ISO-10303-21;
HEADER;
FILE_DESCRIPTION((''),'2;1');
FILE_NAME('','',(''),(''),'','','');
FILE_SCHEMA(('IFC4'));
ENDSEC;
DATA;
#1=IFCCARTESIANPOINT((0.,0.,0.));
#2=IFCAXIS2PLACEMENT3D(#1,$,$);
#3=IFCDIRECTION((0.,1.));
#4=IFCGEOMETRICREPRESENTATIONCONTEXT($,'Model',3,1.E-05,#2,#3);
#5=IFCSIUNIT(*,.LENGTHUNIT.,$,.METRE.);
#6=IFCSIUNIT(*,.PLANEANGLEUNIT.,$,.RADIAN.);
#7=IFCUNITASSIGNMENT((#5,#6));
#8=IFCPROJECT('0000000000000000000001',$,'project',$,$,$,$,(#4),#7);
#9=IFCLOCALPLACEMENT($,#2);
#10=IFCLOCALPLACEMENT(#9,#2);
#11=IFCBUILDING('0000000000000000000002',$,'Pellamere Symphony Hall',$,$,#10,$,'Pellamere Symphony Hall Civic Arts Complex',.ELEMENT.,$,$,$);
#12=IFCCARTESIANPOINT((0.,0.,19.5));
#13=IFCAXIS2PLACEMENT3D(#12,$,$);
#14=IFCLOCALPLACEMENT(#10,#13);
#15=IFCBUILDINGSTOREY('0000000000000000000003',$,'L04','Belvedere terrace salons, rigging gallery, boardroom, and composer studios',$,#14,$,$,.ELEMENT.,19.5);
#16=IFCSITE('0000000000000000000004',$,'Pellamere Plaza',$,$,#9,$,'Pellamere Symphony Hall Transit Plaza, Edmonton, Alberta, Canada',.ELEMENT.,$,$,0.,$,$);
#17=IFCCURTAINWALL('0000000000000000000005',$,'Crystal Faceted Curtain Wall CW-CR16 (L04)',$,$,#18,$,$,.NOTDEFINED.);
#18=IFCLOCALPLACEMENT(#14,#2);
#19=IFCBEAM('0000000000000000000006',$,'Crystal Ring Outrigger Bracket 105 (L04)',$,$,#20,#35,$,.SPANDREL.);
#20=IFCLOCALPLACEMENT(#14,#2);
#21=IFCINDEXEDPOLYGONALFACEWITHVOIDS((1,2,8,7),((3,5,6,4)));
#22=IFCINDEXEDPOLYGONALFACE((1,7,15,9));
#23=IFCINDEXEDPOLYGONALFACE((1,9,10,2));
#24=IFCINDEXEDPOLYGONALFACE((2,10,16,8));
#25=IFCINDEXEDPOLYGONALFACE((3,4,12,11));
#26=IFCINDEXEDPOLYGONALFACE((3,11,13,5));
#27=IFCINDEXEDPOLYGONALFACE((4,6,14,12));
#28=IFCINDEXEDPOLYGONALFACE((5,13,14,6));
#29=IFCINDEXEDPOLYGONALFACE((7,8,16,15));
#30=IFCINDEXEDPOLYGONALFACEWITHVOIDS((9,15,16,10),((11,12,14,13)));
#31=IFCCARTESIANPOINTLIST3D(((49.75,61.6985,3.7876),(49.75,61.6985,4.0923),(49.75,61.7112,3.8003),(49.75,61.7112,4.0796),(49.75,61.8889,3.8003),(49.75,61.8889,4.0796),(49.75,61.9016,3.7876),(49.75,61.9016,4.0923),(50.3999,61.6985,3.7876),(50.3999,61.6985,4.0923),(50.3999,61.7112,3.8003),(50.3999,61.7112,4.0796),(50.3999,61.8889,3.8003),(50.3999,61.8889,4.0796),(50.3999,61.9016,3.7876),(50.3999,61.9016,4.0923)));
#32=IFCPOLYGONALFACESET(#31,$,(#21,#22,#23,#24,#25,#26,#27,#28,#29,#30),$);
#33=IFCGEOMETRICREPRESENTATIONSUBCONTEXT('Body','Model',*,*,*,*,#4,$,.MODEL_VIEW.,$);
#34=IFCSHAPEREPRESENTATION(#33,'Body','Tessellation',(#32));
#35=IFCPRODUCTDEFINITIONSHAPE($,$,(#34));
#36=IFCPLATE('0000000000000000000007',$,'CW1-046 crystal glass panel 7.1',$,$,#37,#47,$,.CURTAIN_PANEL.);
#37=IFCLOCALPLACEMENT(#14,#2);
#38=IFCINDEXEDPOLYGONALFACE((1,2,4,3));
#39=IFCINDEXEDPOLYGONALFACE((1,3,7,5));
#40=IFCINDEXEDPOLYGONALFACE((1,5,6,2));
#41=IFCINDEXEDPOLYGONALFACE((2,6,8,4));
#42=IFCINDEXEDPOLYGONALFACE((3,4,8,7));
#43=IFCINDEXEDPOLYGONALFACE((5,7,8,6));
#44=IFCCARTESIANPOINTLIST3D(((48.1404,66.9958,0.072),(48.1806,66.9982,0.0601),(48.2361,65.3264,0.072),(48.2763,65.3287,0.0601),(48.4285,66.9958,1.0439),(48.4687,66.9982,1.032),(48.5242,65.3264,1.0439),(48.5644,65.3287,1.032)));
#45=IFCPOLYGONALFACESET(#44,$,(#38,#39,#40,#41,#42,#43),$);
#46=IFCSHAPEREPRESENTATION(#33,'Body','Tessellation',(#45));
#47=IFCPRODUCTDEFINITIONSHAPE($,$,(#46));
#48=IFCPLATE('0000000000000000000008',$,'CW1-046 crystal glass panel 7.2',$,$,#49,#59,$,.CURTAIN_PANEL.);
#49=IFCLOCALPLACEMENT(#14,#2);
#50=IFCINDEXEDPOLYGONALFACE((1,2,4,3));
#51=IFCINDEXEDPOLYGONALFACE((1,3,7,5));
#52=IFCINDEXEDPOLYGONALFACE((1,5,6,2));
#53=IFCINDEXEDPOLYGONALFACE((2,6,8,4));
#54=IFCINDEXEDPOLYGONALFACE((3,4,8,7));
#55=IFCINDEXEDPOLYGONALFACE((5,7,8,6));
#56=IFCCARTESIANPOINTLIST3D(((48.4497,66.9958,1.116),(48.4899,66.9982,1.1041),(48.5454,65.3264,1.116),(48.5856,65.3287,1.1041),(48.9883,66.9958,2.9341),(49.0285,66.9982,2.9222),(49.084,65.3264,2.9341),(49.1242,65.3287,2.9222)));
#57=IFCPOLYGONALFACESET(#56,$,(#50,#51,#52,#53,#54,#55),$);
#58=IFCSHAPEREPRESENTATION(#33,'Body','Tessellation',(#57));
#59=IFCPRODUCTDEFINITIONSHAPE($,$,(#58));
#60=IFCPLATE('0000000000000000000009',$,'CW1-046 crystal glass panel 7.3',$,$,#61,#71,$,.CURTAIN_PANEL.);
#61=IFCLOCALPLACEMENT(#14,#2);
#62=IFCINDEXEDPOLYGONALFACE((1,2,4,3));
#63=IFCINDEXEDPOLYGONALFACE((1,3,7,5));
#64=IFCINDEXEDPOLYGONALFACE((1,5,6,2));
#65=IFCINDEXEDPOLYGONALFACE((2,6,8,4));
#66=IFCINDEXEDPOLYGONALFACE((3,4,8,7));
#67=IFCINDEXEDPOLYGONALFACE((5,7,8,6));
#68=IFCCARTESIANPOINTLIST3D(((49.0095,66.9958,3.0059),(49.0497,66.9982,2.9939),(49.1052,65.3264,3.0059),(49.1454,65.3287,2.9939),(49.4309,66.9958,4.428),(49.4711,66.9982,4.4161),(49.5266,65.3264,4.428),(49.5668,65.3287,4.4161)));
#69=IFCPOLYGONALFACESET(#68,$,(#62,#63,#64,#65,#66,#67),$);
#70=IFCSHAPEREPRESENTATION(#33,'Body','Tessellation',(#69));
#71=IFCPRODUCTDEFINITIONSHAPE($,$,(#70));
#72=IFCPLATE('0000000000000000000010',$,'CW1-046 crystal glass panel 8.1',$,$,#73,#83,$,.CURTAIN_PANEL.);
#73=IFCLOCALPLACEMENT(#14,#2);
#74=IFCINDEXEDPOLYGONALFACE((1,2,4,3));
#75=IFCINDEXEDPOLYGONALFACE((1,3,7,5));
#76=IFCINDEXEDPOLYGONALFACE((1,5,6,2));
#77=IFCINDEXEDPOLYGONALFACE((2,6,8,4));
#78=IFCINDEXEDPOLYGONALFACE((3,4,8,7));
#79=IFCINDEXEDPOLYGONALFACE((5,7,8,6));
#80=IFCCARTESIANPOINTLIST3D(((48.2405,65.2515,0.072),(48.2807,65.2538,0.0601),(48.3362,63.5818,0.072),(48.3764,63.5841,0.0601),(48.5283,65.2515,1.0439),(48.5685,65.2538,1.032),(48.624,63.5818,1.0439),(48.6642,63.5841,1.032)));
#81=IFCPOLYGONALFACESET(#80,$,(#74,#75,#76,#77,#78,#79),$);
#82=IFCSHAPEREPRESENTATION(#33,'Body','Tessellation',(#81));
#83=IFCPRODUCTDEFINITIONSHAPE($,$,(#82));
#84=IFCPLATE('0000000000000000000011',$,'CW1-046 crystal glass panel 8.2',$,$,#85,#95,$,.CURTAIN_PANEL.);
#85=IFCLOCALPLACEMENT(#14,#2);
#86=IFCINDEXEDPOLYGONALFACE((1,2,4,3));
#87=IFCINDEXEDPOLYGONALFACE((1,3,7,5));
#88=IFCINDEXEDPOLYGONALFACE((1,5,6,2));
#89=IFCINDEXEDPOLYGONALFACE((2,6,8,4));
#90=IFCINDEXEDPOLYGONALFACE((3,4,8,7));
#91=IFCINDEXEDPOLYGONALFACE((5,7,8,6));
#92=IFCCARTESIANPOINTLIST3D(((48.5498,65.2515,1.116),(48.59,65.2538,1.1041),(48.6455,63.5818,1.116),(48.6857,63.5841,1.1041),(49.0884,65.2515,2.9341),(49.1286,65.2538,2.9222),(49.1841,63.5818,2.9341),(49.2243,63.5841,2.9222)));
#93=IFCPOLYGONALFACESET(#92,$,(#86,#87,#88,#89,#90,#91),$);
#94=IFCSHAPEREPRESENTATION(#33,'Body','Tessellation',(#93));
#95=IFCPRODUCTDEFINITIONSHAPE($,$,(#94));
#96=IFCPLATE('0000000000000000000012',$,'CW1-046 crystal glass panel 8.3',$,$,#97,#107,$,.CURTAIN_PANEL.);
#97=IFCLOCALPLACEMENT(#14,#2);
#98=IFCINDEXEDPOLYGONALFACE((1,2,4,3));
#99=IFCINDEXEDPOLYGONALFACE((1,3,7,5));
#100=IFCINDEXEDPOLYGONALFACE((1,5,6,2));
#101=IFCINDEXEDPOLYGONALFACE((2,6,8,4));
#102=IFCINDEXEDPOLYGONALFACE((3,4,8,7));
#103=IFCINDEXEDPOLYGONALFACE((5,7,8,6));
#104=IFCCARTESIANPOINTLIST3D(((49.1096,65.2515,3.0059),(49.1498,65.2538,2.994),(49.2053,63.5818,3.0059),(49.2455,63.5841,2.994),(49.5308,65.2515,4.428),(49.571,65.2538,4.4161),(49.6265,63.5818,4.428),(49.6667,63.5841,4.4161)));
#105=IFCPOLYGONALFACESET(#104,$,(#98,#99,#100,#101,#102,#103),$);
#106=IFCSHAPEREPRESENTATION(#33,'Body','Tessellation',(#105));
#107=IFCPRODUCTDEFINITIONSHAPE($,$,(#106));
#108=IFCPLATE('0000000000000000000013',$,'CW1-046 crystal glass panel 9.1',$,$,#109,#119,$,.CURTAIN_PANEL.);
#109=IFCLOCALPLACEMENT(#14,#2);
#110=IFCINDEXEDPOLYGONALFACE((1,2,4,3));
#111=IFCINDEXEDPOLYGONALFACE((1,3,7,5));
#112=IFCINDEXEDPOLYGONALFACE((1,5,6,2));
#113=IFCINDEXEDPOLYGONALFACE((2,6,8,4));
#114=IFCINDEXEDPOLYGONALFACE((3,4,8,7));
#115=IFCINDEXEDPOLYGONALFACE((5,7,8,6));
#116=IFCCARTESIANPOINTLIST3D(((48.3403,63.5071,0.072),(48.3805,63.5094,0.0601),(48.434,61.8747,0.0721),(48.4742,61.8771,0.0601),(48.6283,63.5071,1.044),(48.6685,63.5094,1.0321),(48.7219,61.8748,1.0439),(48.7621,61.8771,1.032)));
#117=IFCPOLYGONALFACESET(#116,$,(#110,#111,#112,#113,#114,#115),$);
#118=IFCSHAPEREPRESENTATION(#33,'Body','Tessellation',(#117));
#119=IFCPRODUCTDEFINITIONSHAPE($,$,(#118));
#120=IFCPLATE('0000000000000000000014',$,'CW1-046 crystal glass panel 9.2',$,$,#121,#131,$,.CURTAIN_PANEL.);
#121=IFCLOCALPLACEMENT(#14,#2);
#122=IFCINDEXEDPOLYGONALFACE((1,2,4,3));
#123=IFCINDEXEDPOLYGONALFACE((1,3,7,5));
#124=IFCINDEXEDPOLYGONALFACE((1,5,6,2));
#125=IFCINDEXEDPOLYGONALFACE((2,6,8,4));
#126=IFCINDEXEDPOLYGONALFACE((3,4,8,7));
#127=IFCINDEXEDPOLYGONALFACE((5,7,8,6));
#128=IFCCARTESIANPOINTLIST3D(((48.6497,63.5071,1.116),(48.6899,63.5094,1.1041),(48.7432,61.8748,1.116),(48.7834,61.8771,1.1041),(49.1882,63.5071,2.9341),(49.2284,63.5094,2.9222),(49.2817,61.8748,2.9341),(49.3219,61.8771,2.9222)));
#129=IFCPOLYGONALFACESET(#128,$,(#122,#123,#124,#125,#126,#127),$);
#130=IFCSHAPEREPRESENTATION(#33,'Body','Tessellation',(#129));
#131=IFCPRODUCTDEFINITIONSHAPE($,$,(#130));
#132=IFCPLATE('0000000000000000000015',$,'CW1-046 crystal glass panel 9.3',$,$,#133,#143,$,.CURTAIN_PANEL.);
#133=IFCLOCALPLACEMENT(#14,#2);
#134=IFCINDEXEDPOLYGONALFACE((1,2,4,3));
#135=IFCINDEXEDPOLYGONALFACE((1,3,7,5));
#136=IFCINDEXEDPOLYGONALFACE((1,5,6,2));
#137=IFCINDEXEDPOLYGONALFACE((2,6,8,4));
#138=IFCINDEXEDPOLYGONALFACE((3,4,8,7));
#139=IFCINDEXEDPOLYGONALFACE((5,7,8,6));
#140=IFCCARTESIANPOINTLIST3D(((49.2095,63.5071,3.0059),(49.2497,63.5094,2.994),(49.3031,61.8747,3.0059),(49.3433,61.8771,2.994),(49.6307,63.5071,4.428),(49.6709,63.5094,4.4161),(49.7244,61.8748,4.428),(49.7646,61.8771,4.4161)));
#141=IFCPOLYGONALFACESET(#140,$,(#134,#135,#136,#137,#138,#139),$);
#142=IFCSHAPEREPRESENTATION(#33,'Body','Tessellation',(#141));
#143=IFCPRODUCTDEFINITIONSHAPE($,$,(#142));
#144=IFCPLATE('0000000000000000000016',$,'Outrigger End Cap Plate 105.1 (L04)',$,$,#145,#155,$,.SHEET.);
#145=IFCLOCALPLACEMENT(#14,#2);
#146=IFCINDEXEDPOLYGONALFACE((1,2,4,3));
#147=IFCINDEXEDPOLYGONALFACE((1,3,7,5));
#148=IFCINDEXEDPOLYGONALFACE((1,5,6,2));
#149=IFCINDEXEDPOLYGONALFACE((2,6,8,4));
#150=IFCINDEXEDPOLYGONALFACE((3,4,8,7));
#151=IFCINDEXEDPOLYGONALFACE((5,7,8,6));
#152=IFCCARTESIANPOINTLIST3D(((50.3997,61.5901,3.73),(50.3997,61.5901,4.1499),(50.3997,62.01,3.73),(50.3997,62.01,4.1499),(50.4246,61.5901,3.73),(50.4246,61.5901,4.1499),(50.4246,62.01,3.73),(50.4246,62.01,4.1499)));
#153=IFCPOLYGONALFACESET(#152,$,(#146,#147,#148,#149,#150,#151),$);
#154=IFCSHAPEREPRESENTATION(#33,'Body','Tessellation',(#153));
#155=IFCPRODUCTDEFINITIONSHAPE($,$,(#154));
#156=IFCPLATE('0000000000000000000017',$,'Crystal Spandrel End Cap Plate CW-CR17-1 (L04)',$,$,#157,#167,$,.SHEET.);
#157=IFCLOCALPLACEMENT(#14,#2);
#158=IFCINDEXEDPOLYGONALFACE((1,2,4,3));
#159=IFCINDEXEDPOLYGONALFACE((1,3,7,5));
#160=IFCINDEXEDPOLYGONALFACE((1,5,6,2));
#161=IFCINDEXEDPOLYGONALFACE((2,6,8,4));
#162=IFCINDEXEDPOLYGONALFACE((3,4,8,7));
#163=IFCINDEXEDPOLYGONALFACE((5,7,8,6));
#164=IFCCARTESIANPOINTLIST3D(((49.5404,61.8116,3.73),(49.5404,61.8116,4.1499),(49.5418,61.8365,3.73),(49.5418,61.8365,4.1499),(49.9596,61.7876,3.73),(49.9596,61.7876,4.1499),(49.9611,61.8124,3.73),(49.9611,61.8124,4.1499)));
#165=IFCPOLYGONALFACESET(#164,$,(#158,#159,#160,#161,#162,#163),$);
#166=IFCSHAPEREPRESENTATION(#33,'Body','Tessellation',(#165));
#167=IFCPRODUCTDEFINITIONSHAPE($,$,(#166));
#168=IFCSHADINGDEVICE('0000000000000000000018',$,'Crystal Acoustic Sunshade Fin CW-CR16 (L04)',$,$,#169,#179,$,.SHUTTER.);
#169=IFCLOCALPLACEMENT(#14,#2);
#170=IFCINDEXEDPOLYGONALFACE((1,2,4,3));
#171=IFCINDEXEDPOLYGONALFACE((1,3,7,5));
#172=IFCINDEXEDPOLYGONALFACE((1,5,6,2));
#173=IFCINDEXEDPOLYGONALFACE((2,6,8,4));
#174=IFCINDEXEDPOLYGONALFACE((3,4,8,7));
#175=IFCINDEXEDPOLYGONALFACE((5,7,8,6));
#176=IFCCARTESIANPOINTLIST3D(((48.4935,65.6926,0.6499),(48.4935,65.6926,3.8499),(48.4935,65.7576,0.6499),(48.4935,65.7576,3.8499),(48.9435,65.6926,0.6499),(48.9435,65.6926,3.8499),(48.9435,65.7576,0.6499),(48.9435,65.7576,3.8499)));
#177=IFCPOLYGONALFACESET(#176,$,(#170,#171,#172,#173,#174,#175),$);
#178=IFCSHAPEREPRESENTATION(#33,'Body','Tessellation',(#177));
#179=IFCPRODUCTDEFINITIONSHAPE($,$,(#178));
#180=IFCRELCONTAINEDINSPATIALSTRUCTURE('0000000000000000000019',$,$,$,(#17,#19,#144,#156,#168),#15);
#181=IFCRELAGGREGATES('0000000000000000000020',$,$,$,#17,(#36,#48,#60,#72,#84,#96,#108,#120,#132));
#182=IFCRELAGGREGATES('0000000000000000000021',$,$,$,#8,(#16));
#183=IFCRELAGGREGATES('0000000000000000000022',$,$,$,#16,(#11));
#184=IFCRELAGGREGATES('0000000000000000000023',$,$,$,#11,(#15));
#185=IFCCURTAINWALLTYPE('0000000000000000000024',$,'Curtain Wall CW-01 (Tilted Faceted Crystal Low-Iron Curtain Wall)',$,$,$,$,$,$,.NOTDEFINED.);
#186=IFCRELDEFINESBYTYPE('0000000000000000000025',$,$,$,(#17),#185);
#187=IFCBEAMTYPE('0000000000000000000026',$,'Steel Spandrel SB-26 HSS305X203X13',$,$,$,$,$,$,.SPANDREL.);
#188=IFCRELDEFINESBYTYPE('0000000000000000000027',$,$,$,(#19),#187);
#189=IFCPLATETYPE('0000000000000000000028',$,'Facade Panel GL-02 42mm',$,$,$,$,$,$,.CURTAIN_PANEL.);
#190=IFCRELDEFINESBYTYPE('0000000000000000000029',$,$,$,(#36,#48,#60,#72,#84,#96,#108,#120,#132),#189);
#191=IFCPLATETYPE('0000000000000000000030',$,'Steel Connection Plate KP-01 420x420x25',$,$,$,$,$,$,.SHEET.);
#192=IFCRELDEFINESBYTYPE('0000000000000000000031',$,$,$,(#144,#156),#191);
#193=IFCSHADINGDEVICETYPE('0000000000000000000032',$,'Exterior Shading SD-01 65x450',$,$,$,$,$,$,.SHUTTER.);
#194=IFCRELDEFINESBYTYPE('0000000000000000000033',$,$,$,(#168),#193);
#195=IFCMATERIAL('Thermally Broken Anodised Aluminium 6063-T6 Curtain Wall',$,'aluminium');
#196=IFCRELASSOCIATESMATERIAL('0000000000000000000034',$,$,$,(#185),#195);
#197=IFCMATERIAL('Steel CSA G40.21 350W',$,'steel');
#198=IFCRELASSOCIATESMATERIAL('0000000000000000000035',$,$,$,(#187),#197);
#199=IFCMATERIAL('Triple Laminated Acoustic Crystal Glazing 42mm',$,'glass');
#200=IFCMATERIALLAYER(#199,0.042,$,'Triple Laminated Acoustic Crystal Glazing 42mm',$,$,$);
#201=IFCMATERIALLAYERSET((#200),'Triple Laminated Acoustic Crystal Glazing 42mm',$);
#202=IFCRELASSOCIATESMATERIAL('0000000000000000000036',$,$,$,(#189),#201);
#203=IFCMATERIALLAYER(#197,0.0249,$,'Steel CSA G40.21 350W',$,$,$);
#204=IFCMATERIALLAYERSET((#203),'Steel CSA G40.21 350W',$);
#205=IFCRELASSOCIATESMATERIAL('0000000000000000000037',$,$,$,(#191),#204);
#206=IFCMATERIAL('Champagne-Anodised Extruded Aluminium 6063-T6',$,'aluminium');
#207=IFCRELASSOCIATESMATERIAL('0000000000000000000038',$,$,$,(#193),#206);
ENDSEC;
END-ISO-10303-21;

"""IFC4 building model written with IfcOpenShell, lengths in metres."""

from ifc_helpers import new_model, si_unit, direction, frame, origin, origin_2d, place, context, subcontext, project, spatial, polyline, rectangle, hollow_rectangle, outline, extrude, material, layer, layer_set, material_profile, profile_set, type_object, element, aggregate, save


model = new_model("IFC4")

# Units and contexts
model_context = context("Model", 3, precision=1e-05, world=origin(), true_north=direction((0.0, 1.0)))
body_context = subcontext(model_context, "Body", "Model", "MODEL_VIEW")
ifc_project = project(units=[si_unit("LENGTHUNIT", "METRE"), si_unit("PLANEANGLEUNIT", "RADIAN")], contexts=[model_context])

# Site, building, storey
site_placement = place(None, origin())
site = spatial("IfcSite", under=ifc_project, at=site_placement, Name="Pellamere Plaza", LongName="Pellamere Symphony Hall Transit Plaza, Edmonton, Alberta, Canada", CompositionType="ELEMENT", RefElevation=0.0)
building_placement = place(site_placement, origin())
building = spatial("IfcBuilding", under=site, at=building_placement, Name="Pellamere Symphony Hall", LongName="Pellamere Symphony Hall Civic Arts Complex", CompositionType="ELEMENT")
storey_placement = place(building_placement, frame((0.0, 0.0, 19.5)))
storey = spatial("IfcBuildingStorey", under=building, at=storey_placement, Name="L04", Description="Belvedere terrace salons, rigging gallery, boardroom, and composer studios", CompositionType="ELEMENT", Elevation=19.5)

# Curtain wall
ifc_material_1 = material(Name="Thermally Broken Anodised Aluminium 6063-T6 Curtain Wall", Category="aluminium")
curtain_wall_type = type_object("IfcCurtainWallType", Name="Curtain Wall CW-01 (Tilted Faceted Crystal Low-Iron Curtain Wall)", PredefinedType="NOTDEFINED", material=ifc_material_1)
curtain_wall_placement = place(storey_placement, origin())
curtain_wall = element("IfcCurtainWall", 1, at=curtain_wall_placement, inside=storey, type_object=curtain_wall_type, Name="Crystal Faceted Curtain Wall CW-CR16 (L04)", PredefinedType="NOTDEFINED")

# Beam
ifc_material_2 = material(Name="Steel CSA G40.21 350W", Category="steel")
ifc_material_profile_1 = material_profile(ifc_material_2, hollow_rectangle(XDim=0.2031, YDim=0.3047, WallThickness=0.0127, at=origin_2d()), Name="HSS305X203X13")
ifc_profile_set_1 = profile_set([ifc_material_profile_1], Name="Steel CSA G40.21 350W")
beam_type_1 = type_object("IfcBeamType", Name="Steel Spandrel SB-26 HSS305X203X13", PredefinedType="SPANDREL", material=ifc_profile_set_1)
beam_1_placement = place(storey_placement, frame((50.3999, 61.8, 3.9399), z_axis=(-1.0, 0.0, 0.0), x_axis=(0.0, -1.0, 0.0)))
element("IfcBeam", 2, at=beam_1_placement, inside=storey, type_object=beam_type_1, Name="Crystal Ring Outrigger Bracket 105 (L04)", PredefinedType="SPANDREL", context=body_context, shape_type="SweptSolid", body=[
    extrude(hollow_rectangle(XDim=0.2031, YDim=0.3047, WallThickness=0.0127, at=origin_2d()), origin(), (0.0, 0.0, 1.0), 0.6499),
])

# Plates
ifc_material_3 = material(Name="Triple Laminated Acoustic Crystal Glazing 42mm", Category="glass")
ifc_layer_1 = layer(ifc_material_3, 0.042, Name="Triple Laminated Acoustic Crystal Glazing 42mm")
ifc_layer_set_1 = layer_set([ifc_layer_1], Name="Triple Laminated Acoustic Crystal Glazing 42mm")
plate_type_1 = type_object("IfcPlateType", Name="Facade Panel GL-02 42mm", PredefinedType="CURTAIN_PANEL", material=ifc_layer_set_1)
plate_1_placement = place(storey_placement, frame((48.1404, 66.9958, 0.072), z_axis=(-0.957324, -0.05488, 0.283758), x_axis=(0.057233, -0.998361, 0.0)))
plate_1 = element("IfcPlate", 3, at=plate_1_placement, type_object=plate_type_1, Name="CW1-046 crystal glass panel 7.1", PredefinedType="CURTAIN_PANEL", context=body_context, shape_type="SweptSolid", body=[
    extrude(outline(polyline([(0.0, 0.0), (1.6722, 0.0), (1.6887, 1.0136), (0.0165, 1.0136), (0.0, 0.0)])), origin(), (0.0, 0.0, -1.0), 0.042),
])
plate_2_placement = place(storey_placement, frame((48.4497, 66.9958, 1.116), z_axis=(-0.957371, -0.054883, 0.283599), x_axis=(0.057233, -0.998361, 0.0)))
plate_2 = element("IfcPlate", 4, at=plate_2_placement, type_object=plate_type_1, Name="CW1-046 crystal glass panel 7.2", PredefinedType="CURTAIN_PANEL", context=body_context, shape_type="SweptSolid", body=[
    extrude(outline(polyline([(0.0, 0.0), (1.6722, 0.0), (1.703, 1.896), (0.0308, 1.896), (0.0, 0.0)])), origin(), (0.0, 0.0, -1.0), 0.042),
])
plate_3_placement = place(storey_placement, frame((49.0095, 66.9958, 3.0059), z_axis=(-0.95735, -0.054882, 0.283671), x_axis=(0.057233, -0.998361, 0.0)))
plate_3 = element("IfcPlate", 5, at=plate_3_placement, type_object=plate_type_1, Name="CW1-046 crystal glass panel 7.3", PredefinedType="CURTAIN_PANEL", context=body_context, shape_type="SweptSolid", body=[
    extrude(outline(polyline([(0.0, 0.0), (1.6722, 0.0), (1.6963, 1.483), (0.0241, 1.483), (0.0, 0.0)])), origin(), (0.0, 0.0, -1.0), 0.042),
])
plate_4_placement = place(storey_placement, frame((48.2405, 65.2515, 0.072), z_axis=(-0.95739, -0.054876, 0.283537), x_axis=(0.057224, -0.998361, 0.0)))
plate_4 = element("IfcPlate", 6, at=plate_4_placement, type_object=plate_type_1, Name="CW1-046 crystal glass panel 8.1", PredefinedType="CURTAIN_PANEL", context=body_context, shape_type="SweptSolid", body=[
    extrude(outline(polyline([(0.0, 0.0), (1.6724, 0.0), (1.6889, 1.0135), (0.0165, 1.0135), (0.0, 0.0)])), origin(), (0.0, 0.0, -1.0), 0.042),
])
plate_5_placement = place(storey_placement, frame((48.5498, 65.2515, 1.116), z_axis=(-0.957372, -0.054875, 0.283599), x_axis=(0.057224, -0.998361, 0.0)))
plate_5 = element("IfcPlate", 7, at=plate_5_placement, type_object=plate_type_1, Name="CW1-046 crystal glass panel 8.2", PredefinedType="CURTAIN_PANEL", context=body_context, shape_type="SweptSolid", body=[
    extrude(outline(polyline([(0.0, 0.0), (1.6724, 0.0), (1.7032, 1.896), (0.0308, 1.896), (0.0, 0.0)])), origin(), (0.0, 0.0, -1.0), 0.042),
])
plate_6_placement = place(storey_placement, frame((49.1096, 65.2515, 3.0059), z_axis=(-0.957395, -0.054876, 0.28352), x_axis=(0.057224, -0.998361, 0.0)))
plate_6 = element("IfcPlate", 8, at=plate_6_placement, type_object=plate_type_1, Name="CW1-046 crystal glass panel 8.3", PredefinedType="CURTAIN_PANEL", context=body_context, shape_type="SweptSolid", body=[
    extrude(outline(polyline([(0.0, 0.0), (1.6724, 0.0), (1.6965, 1.483), (0.0241, 1.483), (0.0, 0.0)])), origin(), (0.0, 0.0, -1.0), 0.042),
])
plate_7_placement = place(storey_placement, frame((48.3403, 63.5071, 0.072), z_axis=(-0.957355, -0.054913, 0.283647), x_axis=(0.057271, -0.998359, 0.00002)))
plate_7 = element("IfcPlate", 9, at=plate_7_placement, type_object=plate_type_1, Name="CW1-046 crystal glass panel 9.1", PredefinedType="CURTAIN_PANEL", context=body_context, shape_type="SweptSolid", body=[
    extrude(outline(polyline([(0.0, 0.0), (1.635, 0.0), (1.6515, 1.0135), (0.0165, 1.0136), (0.0, 0.0)])), origin(), (0.0, 0.0, -1.0), 0.042),
])
plate_8_placement = place(storey_placement, frame((48.6497, 63.5071, 1.116), z_axis=(-0.957373, -0.054842, 0.2836), x_axis=(0.05719, -0.998363, 0.0)))
plate_8 = element("IfcPlate", 10, at=plate_8_placement, type_object=plate_type_1, Name="CW1-046 crystal glass panel 9.2", PredefinedType="CURTAIN_PANEL", context=body_context, shape_type="SweptSolid", body=[
    extrude(outline(polyline([(0.0, 0.0), (1.635, 0.0), (1.6658, 1.896), (0.0308, 1.896), (0.0, 0.0)])), origin(), (0.0, 0.0, -1.0), 0.042),
])
plate_9_placement = place(storey_placement, frame((49.2095, 63.5071, 3.0059), z_axis=(-0.95737, -0.054913, 0.283595), x_axis=(0.057271, -0.998359, 0.00002)))
plate_9 = element("IfcPlate", 11, at=plate_9_placement, type_object=plate_type_1, Name="CW1-046 crystal glass panel 9.3", PredefinedType="CURTAIN_PANEL", context=body_context, shape_type="SweptSolid", body=[
    extrude(outline(polyline([(0.0, 0.0), (1.635, 0.0), (1.6592, 1.483), (0.0242, 1.483), (0.0, 0.0)])), origin(), (0.0, 0.0, -1.0), 0.042),
])
aggregate(curtain_wall, [plate_1, plate_2, plate_3, plate_4, plate_5, plate_6, plate_7, plate_8, plate_9])

# Plates
ifc_layer_2 = layer(ifc_material_2, 0.0249, Name="Steel CSA G40.21 350W")
ifc_layer_set_2 = layer_set([ifc_layer_2], Name="Steel CSA G40.21 350W")
plate_type_2 = type_object("IfcPlateType", Name="Steel Connection Plate KP-01 420x420x25", PredefinedType="SHEET", material=ifc_layer_set_2)
for number, where, z_axis, x_axis, name in (
    (12, (50.4121, 61.8, 3.73), (0.0, 0.0, 1.0), (-1.0, 0.0, 0.0), "Outrigger End Cap Plate 105.1 (L04)"),
    (13, (49.7507, 61.812, 3.73), (0.0, 0.0, 1.0), (-0.057216, -0.998362, 0.0), "Crystal Spandrel End Cap Plate CW-CR17-1 (L04)"),
):
    element("IfcPlate", number, at=place(storey_placement, frame(where, z_axis=z_axis, x_axis=x_axis)), inside=storey, type_object=plate_type_2, Name=name, PredefinedType="SHEET", context=body_context, shape_type="SweptSolid", body=[
        extrude(rectangle(XDim=0.0249, YDim=0.4199, at=origin_2d()), origin(), (0.0, 0.0, 1.0), 0.4199),
    ])

# Shading device
ifc_material_4 = material(Name="Champagne-Anodised Extruded Aluminium 6063-T6", Category="aluminium")
shading_device_type = type_object("IfcShadingDeviceType", Name="Exterior Shading SD-01 65x450", PredefinedType="SHUTTER", material=ifc_material_4)
shading_device_placement = place(storey_placement, frame((48.7185, 65.7251, 0.6499), z_axis=(0.0, 0.0, 1.0), x_axis=(0.0, 1.0, 0.0)))
element("IfcShadingDevice", 14, at=shading_device_placement, inside=storey, type_object=shading_device_type, Name="Crystal Acoustic Sunshade Fin CW-CR16 (L04)", PredefinedType="SHUTTER", context=body_context, shape_type="SweptSolid", body=[
    extrude(rectangle(XDim=0.0649, YDim=0.45, at=origin_2d()), origin(), (0.0, 0.0, 1.0), 3.2),
])

save(model, "model.ifc")
